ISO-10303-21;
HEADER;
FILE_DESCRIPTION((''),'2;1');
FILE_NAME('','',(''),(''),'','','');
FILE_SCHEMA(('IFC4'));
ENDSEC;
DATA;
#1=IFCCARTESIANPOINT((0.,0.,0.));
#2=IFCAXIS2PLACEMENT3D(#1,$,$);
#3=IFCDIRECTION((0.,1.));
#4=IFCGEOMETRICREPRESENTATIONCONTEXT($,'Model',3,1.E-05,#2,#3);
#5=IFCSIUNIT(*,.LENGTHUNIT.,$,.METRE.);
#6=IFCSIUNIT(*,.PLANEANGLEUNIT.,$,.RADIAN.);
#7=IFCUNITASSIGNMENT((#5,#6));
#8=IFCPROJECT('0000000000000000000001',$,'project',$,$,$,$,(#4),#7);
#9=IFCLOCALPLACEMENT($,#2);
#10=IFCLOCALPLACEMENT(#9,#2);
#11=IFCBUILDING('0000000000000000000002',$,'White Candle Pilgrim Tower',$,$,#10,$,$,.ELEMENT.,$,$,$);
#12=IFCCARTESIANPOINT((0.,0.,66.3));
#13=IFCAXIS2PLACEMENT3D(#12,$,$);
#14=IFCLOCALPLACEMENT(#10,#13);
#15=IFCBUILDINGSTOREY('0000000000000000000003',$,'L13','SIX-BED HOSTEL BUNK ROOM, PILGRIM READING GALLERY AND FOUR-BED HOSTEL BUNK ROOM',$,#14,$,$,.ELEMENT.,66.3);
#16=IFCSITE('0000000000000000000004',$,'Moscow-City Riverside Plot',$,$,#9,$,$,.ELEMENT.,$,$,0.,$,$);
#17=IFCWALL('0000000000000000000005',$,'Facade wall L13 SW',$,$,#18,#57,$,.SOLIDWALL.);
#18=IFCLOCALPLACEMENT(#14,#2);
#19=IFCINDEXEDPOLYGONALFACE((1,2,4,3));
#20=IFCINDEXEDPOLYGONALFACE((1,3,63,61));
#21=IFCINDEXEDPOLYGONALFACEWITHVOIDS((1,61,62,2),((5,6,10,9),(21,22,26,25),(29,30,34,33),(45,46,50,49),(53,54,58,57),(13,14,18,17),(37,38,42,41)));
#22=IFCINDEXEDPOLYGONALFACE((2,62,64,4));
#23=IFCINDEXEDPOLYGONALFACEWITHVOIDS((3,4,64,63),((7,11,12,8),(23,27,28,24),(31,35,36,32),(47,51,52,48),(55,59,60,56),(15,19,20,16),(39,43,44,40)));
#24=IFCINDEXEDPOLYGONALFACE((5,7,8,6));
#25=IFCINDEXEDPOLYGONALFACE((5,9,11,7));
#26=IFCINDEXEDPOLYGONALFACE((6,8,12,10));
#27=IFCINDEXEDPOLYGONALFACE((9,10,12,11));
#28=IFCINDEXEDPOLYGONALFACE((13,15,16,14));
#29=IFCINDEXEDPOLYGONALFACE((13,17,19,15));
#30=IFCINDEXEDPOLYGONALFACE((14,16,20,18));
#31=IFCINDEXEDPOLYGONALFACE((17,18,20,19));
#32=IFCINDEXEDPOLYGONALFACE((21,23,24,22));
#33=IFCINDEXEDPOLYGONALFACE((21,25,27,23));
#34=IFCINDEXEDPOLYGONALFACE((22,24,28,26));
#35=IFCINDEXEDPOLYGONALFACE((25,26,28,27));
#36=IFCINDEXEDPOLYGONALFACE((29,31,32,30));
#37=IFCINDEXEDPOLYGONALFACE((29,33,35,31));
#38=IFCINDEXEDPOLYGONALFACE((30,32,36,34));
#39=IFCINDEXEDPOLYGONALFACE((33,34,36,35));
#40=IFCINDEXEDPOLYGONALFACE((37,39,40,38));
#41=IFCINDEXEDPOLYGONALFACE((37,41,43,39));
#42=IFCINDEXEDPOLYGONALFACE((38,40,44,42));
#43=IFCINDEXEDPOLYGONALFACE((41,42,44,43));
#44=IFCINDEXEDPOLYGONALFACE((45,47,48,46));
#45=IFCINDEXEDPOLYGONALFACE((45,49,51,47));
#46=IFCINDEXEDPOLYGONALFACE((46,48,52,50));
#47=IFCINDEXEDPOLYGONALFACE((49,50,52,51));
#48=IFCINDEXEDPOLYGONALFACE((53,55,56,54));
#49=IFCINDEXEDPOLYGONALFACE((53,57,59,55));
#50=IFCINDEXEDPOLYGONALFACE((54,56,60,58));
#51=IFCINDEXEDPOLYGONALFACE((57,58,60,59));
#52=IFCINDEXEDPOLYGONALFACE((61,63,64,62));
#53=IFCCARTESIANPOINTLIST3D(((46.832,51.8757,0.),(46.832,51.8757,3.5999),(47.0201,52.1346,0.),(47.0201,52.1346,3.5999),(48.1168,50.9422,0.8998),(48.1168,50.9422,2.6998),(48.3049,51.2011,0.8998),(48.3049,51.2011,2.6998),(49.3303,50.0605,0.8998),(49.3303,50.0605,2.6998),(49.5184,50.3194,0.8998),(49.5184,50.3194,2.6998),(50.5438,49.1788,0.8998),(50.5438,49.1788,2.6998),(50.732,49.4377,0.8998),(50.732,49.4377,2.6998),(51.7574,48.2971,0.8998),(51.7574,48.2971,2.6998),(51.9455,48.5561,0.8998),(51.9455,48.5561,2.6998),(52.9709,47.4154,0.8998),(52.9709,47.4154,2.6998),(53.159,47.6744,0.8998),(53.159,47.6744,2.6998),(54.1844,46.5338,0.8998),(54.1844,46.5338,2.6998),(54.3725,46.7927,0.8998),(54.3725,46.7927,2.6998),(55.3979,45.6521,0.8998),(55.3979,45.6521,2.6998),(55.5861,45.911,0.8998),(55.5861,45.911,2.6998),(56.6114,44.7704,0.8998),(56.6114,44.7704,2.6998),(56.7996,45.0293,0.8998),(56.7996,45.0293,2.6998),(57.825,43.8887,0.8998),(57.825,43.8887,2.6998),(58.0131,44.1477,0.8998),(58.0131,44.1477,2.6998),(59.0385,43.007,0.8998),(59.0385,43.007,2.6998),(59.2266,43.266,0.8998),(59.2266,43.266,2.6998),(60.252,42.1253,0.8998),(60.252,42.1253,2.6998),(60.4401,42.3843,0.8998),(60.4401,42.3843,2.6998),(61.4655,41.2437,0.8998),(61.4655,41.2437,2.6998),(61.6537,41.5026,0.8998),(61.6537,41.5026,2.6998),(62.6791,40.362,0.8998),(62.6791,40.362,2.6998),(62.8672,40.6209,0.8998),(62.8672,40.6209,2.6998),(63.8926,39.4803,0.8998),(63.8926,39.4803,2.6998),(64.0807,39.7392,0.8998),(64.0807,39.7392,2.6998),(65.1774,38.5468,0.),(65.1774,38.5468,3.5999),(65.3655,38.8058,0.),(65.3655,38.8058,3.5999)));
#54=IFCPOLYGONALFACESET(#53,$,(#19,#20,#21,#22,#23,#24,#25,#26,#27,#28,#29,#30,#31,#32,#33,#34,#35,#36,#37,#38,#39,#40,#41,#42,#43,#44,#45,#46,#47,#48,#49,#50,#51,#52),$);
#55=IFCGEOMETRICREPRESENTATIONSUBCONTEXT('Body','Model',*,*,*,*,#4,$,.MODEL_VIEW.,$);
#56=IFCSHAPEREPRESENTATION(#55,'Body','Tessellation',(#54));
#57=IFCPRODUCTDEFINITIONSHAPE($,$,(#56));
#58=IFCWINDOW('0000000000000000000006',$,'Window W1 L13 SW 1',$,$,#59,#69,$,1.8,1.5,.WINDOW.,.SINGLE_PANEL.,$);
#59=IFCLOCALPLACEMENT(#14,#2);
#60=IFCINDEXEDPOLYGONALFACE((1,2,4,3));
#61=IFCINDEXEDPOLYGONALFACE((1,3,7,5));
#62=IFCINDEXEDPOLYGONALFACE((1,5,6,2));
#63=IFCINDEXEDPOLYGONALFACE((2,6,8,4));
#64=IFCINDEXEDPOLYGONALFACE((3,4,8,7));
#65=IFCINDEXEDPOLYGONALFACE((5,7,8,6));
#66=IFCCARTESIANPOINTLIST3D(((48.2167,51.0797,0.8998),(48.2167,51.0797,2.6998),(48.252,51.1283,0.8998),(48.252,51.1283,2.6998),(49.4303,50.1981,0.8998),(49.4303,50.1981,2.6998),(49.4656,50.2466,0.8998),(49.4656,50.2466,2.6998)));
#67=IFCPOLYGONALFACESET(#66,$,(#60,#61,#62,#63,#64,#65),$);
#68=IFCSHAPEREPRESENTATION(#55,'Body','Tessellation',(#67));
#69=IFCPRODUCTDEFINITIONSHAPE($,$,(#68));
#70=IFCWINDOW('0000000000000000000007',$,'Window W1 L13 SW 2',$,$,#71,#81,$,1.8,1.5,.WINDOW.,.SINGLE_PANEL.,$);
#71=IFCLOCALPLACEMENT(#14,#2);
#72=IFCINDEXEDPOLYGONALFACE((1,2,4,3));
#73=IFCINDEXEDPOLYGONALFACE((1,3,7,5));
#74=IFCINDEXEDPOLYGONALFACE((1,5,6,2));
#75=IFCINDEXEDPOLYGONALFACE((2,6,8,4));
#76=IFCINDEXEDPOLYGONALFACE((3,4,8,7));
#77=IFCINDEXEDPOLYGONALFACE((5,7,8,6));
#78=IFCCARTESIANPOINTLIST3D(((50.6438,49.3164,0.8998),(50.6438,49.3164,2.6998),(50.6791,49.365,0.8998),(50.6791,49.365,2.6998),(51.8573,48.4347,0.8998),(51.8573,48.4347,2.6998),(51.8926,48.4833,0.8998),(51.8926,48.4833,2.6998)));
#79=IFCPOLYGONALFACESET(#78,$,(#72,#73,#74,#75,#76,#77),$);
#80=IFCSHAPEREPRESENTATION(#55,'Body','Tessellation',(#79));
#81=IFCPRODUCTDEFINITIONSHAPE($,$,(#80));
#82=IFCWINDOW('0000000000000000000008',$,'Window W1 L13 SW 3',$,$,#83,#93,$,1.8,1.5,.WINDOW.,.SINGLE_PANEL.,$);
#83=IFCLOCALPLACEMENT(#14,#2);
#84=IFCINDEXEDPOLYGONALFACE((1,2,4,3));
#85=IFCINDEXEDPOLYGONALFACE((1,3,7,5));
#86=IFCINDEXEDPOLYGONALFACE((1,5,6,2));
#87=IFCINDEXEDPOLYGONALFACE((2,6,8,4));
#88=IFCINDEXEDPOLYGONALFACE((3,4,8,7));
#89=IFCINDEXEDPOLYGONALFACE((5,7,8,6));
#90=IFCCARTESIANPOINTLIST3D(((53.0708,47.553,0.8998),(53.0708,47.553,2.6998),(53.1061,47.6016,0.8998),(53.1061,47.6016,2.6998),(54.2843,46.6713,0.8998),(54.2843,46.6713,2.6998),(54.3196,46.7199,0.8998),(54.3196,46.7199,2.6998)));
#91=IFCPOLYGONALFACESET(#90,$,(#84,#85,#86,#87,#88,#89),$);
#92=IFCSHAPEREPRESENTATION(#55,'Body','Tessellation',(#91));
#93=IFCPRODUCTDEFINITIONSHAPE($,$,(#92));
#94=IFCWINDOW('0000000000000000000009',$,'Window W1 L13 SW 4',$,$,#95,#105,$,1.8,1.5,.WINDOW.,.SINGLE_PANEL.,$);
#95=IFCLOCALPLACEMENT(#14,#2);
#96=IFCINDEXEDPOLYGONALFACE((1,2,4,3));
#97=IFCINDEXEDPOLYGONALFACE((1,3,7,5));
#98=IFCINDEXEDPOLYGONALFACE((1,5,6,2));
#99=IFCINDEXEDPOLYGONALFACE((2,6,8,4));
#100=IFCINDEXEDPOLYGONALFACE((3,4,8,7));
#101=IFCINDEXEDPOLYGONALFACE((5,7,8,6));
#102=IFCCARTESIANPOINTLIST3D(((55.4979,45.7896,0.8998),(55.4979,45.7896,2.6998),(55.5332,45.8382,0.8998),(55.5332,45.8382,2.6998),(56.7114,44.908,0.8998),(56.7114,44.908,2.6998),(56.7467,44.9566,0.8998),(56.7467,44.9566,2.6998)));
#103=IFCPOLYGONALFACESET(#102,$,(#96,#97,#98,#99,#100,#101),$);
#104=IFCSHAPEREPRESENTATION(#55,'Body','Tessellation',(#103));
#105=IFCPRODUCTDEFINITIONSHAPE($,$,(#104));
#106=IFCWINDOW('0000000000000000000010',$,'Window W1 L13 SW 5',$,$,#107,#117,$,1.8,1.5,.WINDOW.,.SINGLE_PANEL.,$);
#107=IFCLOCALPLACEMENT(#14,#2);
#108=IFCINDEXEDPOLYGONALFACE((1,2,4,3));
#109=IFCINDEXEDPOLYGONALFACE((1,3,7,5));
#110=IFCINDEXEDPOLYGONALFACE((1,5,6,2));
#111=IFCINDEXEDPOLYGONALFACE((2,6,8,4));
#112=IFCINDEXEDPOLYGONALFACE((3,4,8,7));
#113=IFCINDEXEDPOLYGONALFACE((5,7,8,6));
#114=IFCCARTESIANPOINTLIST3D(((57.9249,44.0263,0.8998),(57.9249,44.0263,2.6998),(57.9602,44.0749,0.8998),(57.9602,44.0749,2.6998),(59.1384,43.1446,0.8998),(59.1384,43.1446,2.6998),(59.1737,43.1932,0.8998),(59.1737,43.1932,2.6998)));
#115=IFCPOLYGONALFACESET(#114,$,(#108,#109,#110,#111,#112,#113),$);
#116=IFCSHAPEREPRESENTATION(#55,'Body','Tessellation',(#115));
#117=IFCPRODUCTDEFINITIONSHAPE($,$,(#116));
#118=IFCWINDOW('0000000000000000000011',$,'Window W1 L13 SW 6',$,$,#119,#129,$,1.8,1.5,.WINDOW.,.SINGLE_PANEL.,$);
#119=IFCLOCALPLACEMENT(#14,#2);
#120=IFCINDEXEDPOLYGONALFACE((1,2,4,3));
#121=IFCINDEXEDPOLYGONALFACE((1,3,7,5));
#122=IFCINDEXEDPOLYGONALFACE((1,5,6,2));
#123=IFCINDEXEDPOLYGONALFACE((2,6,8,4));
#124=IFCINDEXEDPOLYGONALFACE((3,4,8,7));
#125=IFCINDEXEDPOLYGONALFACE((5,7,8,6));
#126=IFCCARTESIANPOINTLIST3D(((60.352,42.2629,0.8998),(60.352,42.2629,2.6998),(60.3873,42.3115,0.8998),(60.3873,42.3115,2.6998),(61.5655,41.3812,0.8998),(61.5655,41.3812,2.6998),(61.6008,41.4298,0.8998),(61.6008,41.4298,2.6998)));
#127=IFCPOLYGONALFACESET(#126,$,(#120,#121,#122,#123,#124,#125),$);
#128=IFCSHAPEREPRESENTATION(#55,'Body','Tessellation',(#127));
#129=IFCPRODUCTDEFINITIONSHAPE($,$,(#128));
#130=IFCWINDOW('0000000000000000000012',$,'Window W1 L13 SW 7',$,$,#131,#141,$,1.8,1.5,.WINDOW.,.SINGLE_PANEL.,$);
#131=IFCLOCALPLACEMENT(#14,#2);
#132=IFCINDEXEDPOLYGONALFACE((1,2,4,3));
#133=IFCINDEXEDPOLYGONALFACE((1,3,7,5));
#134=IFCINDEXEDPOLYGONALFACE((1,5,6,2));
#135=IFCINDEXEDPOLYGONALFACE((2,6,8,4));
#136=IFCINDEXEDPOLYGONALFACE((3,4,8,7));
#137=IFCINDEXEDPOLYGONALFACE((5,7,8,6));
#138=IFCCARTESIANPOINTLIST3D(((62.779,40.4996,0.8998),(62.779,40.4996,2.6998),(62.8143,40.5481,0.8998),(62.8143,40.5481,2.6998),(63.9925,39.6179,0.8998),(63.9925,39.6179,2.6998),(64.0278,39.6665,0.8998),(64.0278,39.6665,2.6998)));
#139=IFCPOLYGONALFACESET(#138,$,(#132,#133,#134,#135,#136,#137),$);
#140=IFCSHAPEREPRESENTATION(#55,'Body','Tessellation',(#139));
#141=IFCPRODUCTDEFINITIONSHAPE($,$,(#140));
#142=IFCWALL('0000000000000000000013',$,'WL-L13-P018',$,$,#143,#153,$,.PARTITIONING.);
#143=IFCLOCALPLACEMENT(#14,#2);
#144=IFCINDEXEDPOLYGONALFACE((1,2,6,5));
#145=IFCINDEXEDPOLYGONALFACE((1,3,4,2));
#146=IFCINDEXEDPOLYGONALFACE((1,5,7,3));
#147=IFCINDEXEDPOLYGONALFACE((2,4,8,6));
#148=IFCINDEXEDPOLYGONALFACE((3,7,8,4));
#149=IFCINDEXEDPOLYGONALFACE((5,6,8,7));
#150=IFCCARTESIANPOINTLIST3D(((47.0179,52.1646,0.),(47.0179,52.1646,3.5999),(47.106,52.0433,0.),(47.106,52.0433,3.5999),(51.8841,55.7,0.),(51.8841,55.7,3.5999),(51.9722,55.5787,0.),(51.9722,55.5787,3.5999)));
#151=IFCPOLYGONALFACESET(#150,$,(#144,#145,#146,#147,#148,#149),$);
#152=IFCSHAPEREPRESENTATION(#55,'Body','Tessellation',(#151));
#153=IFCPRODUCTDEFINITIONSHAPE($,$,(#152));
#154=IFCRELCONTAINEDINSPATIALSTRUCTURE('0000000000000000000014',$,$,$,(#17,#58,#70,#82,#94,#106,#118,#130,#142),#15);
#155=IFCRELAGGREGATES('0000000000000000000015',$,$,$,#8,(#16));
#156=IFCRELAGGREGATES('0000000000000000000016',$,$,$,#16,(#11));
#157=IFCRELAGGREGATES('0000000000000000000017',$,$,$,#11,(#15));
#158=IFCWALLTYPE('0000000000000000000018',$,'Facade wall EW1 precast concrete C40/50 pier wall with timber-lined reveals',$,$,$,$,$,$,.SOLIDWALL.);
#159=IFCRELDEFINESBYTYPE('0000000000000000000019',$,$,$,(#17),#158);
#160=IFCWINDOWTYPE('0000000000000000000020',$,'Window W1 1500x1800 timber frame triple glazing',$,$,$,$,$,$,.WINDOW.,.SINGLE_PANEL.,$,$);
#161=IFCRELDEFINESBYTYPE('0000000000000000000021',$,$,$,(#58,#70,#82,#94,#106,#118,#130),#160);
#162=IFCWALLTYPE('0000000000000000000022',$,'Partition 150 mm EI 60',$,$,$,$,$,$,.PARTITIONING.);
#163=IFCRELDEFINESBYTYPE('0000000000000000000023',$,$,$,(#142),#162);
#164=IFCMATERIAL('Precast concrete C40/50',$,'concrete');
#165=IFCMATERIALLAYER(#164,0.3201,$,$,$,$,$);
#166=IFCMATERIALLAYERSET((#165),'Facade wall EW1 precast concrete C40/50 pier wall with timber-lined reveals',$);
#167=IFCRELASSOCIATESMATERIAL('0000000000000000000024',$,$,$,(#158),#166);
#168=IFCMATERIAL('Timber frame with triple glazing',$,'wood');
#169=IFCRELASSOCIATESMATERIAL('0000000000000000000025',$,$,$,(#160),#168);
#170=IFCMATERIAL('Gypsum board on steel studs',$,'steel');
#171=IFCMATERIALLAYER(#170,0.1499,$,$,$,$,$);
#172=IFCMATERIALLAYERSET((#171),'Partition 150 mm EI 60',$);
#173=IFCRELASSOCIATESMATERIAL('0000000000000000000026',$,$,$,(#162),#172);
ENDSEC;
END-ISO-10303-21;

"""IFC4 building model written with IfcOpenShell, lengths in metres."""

from ifc_helpers import new_model, si_unit, direction, frame, frame_2d, origin, place, context, subcontext, project, spatial, rectangle, extrude, material, layer, layer_set, type_object, element, fill, save


model = new_model("IFC4")

# Units and contexts
model_context = context("Model", 3, precision=1e-05, world=origin(), true_north=direction((0.0, 1.0)))
body_context = subcontext(model_context, "Body", "Model", "MODEL_VIEW")
ifc_project = project(units=[si_unit("LENGTHUNIT", "METRE"), si_unit("PLANEANGLEUNIT", "RADIAN")], contexts=[model_context])

# Site, building, storey
site_placement = place(None, origin())
site = spatial("IfcSite", under=ifc_project, at=site_placement, Name="Moscow-City Riverside Plot", CompositionType="ELEMENT", RefElevation=0.0)
building_placement = place(site_placement, origin())
building = spatial("IfcBuilding", under=site, at=building_placement, Name="White Candle Pilgrim Tower", CompositionType="ELEMENT")
storey_placement = place(building_placement, frame((0.0, 0.0, 66.3)))
storey = spatial("IfcBuildingStorey", under=building, at=storey_placement, Name="L13", Description="SIX-BED HOSTEL BUNK ROOM, PILGRIM READING GALLERY AND FOUR-BED HOSTEL BUNK ROOM", CompositionType="ELEMENT", Elevation=66.3)

# Wall, openings, windows
ifc_material_1 = material(Name="Precast concrete C40/50", Category="concrete")
ifc_layer_1 = layer(ifc_material_1, 0.3201)
ifc_layer_set_1 = layer_set([ifc_layer_1], Name="Facade wall EW1 precast concrete C40/50 pier wall with timber-lined reveals")
wall_type_1 = type_object("IfcWallType", Name="Facade wall EW1 precast concrete C40/50 pier wall with timber-lined reveals", PredefinedType="SOLIDWALL", material=ifc_layer_set_1)
wall_1_placement = place(storey_placement, frame((46.926, 52.0051, 0.0), z_axis=(0.0, 0.0, 1.0), x_axis=(0.809015, -0.587788, 0.0)))
wall_1 = element("IfcWall", 1, at=wall_1_placement, inside=storey, type_object=wall_type_1, Name="Facade wall L13 SW", PredefinedType="SOLIDWALL", context=body_context, shape_type="SweptSolid", body=[
    extrude(rectangle(XDim=22.6763, YDim=0.3201, at=frame_2d((11.3381, 0.0))), origin(), (0.0, 0.0, 1.0), 3.5999),
])
opening_1_placement = place(wall_1_placement, frame((1.5881, 0.0, 0.8999)))
opening_1 = element("IfcOpeningElement", 2, at=opening_1_placement, cuts=wall_1, PredefinedType="OPENING", context=body_context, shape_type="SweptSolid", body=[
    extrude(rectangle(XDim=1.5, YDim=1.8, at=frame_2d((0.75, 0.8999))), frame((0.0, 0.1699, 0.0), z_axis=(0.0, -1.0, 0.0), x_axis=(1.0, 0.0, 0.0)), (0.0, 0.0, 1.0), 0.3401),
])
opening_2_placement = place(wall_1_placement, frame((4.5881, 0.0, 0.8999)))
opening_2 = element("IfcOpeningElement", 3, at=opening_2_placement, cuts=wall_1, PredefinedType="OPENING", context=body_context, shape_type="SweptSolid", body=[
    extrude(rectangle(XDim=1.5, YDim=1.8, at=frame_2d((0.75, 0.8999))), frame((0.0, 0.1699, 0.0), z_axis=(0.0, -1.0, 0.0), x_axis=(1.0, 0.0, 0.0)), (0.0, 0.0, 1.0), 0.3401),
])
opening_3_placement = place(wall_1_placement, frame((7.5881, 0.0, 0.8999)))
opening_3 = element("IfcOpeningElement", 4, at=opening_3_placement, cuts=wall_1, PredefinedType="OPENING", context=body_context, shape_type="SweptSolid", body=[
    extrude(rectangle(XDim=1.5, YDim=1.8, at=frame_2d((0.75, 0.8999))), frame((0.0, 0.1699, 0.0), z_axis=(0.0, -1.0, 0.0), x_axis=(1.0, 0.0, 0.0)), (0.0, 0.0, 1.0), 0.3401),
])
opening_4_placement = place(wall_1_placement, frame((10.5881, 0.0, 0.8999)))
opening_4 = element("IfcOpeningElement", 5, at=opening_4_placement, cuts=wall_1, PredefinedType="OPENING", context=body_context, shape_type="SweptSolid", body=[
    extrude(rectangle(XDim=1.5, YDim=1.8, at=frame_2d((0.75, 0.8999))), frame((0.0, 0.1699, 0.0), z_axis=(0.0, -1.0, 0.0), x_axis=(1.0, 0.0, 0.0)), (0.0, 0.0, 1.0), 0.3401),
])
opening_5_placement = place(wall_1_placement, frame((13.5881, 0.0, 0.8999)))
opening_5 = element("IfcOpeningElement", 6, at=opening_5_placement, cuts=wall_1, PredefinedType="OPENING", context=body_context, shape_type="SweptSolid", body=[
    extrude(rectangle(XDim=1.5, YDim=1.8, at=frame_2d((0.75, 0.8999))), frame((0.0, 0.1699, 0.0), z_axis=(0.0, -1.0, 0.0), x_axis=(1.0, 0.0, 0.0)), (0.0, 0.0, 1.0), 0.3401),
])
opening_6_placement = place(wall_1_placement, frame((16.5881, 0.0, 0.8999)))
opening_6 = element("IfcOpeningElement", 7, at=opening_6_placement, cuts=wall_1, PredefinedType="OPENING", context=body_context, shape_type="SweptSolid", body=[
    extrude(rectangle(XDim=1.5, YDim=1.8, at=frame_2d((0.75, 0.8999))), frame((0.0, 0.1699, 0.0), z_axis=(0.0, -1.0, 0.0), x_axis=(1.0, 0.0, 0.0)), (0.0, 0.0, 1.0), 0.3401),
])
opening_7_placement = place(wall_1_placement, frame((19.5881, 0.0, 0.8999)))
opening_7 = element("IfcOpeningElement", 8, at=opening_7_placement, cuts=wall_1, PredefinedType="OPENING", context=body_context, shape_type="SweptSolid", body=[
    extrude(rectangle(XDim=1.5, YDim=1.8, at=frame_2d((0.75, 0.8999))), frame((0.0, 0.1699, 0.0), z_axis=(0.0, -1.0, 0.0), x_axis=(1.0, 0.0, 0.0)), (0.0, 0.0, 1.0), 0.3401),
])
ifc_material_2 = material(Name="Timber frame with triple glazing", Category="wood")
window_type = type_object("IfcWindowType", Name="Window W1 1500x1800 timber frame triple glazing", PartitioningType="SINGLE_PANEL", PredefinedType="WINDOW", material=ifc_material_2)
window_1_placement = place(opening_1_placement, origin())
window_1 = element("IfcWindow", 9, at=window_1_placement, inside=storey, type_object=window_type, Name="Window W1 L13 SW 1", OverallHeight=1.8, OverallWidth=1.5, PartitioningType="SINGLE_PANEL", PredefinedType="WINDOW", context=body_context, shape_type="SweptSolid", body=[
    extrude(rectangle(XDim=1.5, YDim=1.8, at=frame_2d((0.75, 0.8999))), frame((0.0, 0.0701, 0.0), z_axis=(0.0, -1.0, 0.0), x_axis=(1.0, 0.0, 0.0)), (0.0, 0.0, 1.0), 0.0601),
])
fill(opening_1, window_1)
window_2_placement = place(opening_2_placement, origin())
window_2 = element("IfcWindow", 10, at=window_2_placement, inside=storey, type_object=window_type, Name="Window W1 L13 SW 2", OverallHeight=1.8, OverallWidth=1.5, PartitioningType="SINGLE_PANEL", PredefinedType="WINDOW", context=body_context, shape_type="SweptSolid", body=[
    extrude(rectangle(XDim=1.5, YDim=1.8, at=frame_2d((0.75, 0.8999))), frame((0.0, 0.0701, 0.0), z_axis=(0.0, -1.0, 0.0), x_axis=(1.0, 0.0, 0.0)), (0.0, 0.0, 1.0), 0.0601),
])
fill(opening_2, window_2)
window_3_placement = place(opening_3_placement, origin())
window_3 = element("IfcWindow", 11, at=window_3_placement, inside=storey, type_object=window_type, Name="Window W1 L13 SW 3", OverallHeight=1.8, OverallWidth=1.5, PartitioningType="SINGLE_PANEL", PredefinedType="WINDOW", context=body_context, shape_type="SweptSolid", body=[
    extrude(rectangle(XDim=1.5, YDim=1.8, at=frame_2d((0.75, 0.8999))), frame((0.0, 0.0701, 0.0), z_axis=(0.0, -1.0, 0.0), x_axis=(1.0, 0.0, 0.0)), (0.0, 0.0, 1.0), 0.0601),
])
fill(opening_3, window_3)
window_4_placement = place(opening_4_placement, origin())
window_4 = element("IfcWindow", 12, at=window_4_placement, inside=storey, type_object=window_type, Name="Window W1 L13 SW 4", OverallHeight=1.8, OverallWidth=1.5, PartitioningType="SINGLE_PANEL", PredefinedType="WINDOW", context=body_context, shape_type="SweptSolid", body=[
    extrude(rectangle(XDim=1.5, YDim=1.8, at=frame_2d((0.75, 0.8999))), frame((0.0, 0.0701, 0.0), z_axis=(0.0, -1.0, 0.0), x_axis=(1.0, 0.0, 0.0)), (0.0, 0.0, 1.0), 0.0601),
])
fill(opening_4, window_4)
window_5_placement = place(opening_5_placement, origin())
window_5 = element("IfcWindow", 13, at=window_5_placement, inside=storey, type_object=window_type, Name="Window W1 L13 SW 5", OverallHeight=1.8, OverallWidth=1.5, PartitioningType="SINGLE_PANEL", PredefinedType="WINDOW", context=body_context, shape_type="SweptSolid", body=[
    extrude(rectangle(XDim=1.5, YDim=1.8, at=frame_2d((0.75, 0.8999))), frame((0.0, 0.0701, 0.0), z_axis=(0.0, -1.0, 0.0), x_axis=(1.0, 0.0, 0.0)), (0.0, 0.0, 1.0), 0.0601),
])
fill(opening_5, window_5)
window_6_placement = place(opening_6_placement, origin())
window_6 = element("IfcWindow", 14, at=window_6_placement, inside=storey, type_object=window_type, Name="Window W1 L13 SW 6", OverallHeight=1.8, OverallWidth=1.5, PartitioningType="SINGLE_PANEL", PredefinedType="WINDOW", context=body_context, shape_type="SweptSolid", body=[
    extrude(rectangle(XDim=1.5, YDim=1.8, at=frame_2d((0.75, 0.8999))), frame((0.0, 0.0701, 0.0), z_axis=(0.0, -1.0, 0.0), x_axis=(1.0, 0.0, 0.0)), (0.0, 0.0, 1.0), 0.0601),
])
fill(opening_6, window_6)
window_7_placement = place(opening_7_placement, origin())
window_7 = element("IfcWindow", 15, at=window_7_placement, inside=storey, type_object=window_type, Name="Window W1 L13 SW 7", OverallHeight=1.8, OverallWidth=1.5, PartitioningType="SINGLE_PANEL", PredefinedType="WINDOW", context=body_context, shape_type="SweptSolid", body=[
    extrude(rectangle(XDim=1.5, YDim=1.8, at=frame_2d((0.75, 0.8999))), frame((0.0, 0.0701, 0.0), z_axis=(0.0, -1.0, 0.0), x_axis=(1.0, 0.0, 0.0)), (0.0, 0.0, 1.0), 0.0601),
])
fill(opening_7, window_7)

# Wall
ifc_material_3 = material(Name="Gypsum board on steel studs", Category="steel")
ifc_layer_2 = layer(ifc_material_3, 0.1499)
ifc_layer_set_2 = layer_set([ifc_layer_2], Name="Partition 150 mm EI 60")
wall_type_2 = type_object("IfcWallType", Name="Partition 150 mm EI 60", PredefinedType="PARTITIONING", material=ifc_layer_set_2)
wall_2_placement = place(storey_placement, frame((47.062, 52.104, 0.0), z_axis=(0.0, 0.0, 1.0), x_axis=(0.809026, 0.587773, 0.0)))
element("IfcWall", 16, at=wall_2_placement, inside=storey, type_object=wall_type_2, Name="WL-L13-P018", PredefinedType="PARTITIONING", context=body_context, shape_type="SweptSolid", body=[
    extrude(rectangle(XDim=6.0149, YDim=0.1499, at=frame_2d((3.0073, 0.0))), origin(), (0.0, 0.0, 1.0), 3.5999),
])

save(model, "model.ifc")
